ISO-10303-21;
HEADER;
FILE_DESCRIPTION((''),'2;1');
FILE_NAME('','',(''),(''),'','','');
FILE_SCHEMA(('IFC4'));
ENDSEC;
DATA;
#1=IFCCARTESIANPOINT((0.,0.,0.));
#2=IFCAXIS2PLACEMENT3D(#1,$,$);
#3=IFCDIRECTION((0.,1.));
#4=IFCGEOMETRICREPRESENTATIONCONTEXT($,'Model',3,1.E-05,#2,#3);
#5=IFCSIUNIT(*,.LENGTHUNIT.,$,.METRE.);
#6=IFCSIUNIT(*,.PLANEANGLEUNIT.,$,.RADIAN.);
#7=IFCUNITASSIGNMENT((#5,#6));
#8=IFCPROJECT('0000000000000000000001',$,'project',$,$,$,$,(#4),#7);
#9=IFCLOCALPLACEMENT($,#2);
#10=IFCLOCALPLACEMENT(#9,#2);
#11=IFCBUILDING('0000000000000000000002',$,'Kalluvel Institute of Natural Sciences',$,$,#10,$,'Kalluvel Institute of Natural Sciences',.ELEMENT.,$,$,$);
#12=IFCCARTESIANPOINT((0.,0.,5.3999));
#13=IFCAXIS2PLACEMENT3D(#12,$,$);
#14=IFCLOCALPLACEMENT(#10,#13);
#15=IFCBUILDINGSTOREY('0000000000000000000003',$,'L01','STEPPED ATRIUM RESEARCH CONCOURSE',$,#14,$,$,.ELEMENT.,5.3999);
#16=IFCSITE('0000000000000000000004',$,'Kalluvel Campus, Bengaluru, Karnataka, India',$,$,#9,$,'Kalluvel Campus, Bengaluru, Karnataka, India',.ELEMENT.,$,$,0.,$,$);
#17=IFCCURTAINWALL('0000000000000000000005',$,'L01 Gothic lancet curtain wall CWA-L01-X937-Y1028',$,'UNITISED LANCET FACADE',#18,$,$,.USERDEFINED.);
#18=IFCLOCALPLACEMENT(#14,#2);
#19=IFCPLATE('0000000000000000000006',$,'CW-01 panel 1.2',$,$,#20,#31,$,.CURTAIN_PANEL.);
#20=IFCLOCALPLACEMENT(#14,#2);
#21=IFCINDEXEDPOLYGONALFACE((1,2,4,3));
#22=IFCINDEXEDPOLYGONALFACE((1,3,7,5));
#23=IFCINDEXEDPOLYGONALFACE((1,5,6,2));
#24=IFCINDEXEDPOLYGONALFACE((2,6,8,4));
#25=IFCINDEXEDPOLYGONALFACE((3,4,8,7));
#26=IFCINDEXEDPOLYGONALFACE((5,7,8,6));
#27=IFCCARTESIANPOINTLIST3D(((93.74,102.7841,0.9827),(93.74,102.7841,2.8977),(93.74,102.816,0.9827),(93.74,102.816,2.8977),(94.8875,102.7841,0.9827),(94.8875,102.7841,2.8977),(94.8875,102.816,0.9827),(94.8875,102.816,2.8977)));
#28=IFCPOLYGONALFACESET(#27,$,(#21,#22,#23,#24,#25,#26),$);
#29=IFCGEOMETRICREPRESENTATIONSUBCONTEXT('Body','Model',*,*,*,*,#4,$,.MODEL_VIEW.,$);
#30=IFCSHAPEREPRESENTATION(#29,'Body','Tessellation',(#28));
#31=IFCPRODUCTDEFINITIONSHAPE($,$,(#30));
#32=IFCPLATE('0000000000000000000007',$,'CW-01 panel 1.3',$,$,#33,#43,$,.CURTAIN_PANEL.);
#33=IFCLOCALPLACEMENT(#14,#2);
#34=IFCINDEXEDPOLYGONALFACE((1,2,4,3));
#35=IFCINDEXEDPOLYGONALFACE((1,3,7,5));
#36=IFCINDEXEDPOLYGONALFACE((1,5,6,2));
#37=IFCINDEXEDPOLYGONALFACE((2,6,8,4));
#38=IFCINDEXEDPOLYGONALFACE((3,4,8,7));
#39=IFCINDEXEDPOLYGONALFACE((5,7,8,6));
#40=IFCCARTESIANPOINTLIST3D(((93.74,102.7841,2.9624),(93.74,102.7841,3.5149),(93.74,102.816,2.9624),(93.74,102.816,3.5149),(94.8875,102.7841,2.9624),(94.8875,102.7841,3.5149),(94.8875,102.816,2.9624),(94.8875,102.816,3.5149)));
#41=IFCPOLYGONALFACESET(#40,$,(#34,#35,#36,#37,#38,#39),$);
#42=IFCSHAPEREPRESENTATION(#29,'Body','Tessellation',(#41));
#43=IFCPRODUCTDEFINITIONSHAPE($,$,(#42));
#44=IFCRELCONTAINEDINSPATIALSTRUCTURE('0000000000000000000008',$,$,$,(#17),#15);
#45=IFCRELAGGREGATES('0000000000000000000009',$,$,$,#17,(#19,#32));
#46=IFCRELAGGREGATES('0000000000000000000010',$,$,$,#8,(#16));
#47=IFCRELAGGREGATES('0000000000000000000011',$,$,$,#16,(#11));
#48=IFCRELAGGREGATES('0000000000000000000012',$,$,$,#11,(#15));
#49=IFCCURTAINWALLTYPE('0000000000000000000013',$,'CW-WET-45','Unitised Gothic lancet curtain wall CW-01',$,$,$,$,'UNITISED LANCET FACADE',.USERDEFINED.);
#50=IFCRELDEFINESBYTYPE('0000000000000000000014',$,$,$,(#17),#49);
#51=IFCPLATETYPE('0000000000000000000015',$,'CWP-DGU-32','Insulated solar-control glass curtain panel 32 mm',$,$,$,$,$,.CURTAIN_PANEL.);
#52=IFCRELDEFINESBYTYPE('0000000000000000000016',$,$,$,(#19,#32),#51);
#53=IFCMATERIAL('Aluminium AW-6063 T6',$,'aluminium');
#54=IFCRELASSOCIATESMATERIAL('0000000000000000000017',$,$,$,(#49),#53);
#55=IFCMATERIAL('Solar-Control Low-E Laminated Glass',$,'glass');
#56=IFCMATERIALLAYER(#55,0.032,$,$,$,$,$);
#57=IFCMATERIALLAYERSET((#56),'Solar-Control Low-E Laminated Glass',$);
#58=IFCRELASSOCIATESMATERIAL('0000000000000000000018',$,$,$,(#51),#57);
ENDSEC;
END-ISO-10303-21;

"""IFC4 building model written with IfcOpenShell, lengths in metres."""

from ifc_helpers import new_model, si_unit, direction, frame, origin, origin_2d, place, context, subcontext, project, spatial, rectangle, extrude, material, layer, layer_set, type_object, element, aggregate, save


model = new_model("IFC4")

# Units and contexts
model_context = context("Model", 3, precision=1e-05, world=origin(), true_north=direction((0.0, 1.0)))
body_context = subcontext(model_context, "Body", "Model", "MODEL_VIEW")
ifc_project = project(units=[si_unit("LENGTHUNIT", "METRE"), si_unit("PLANEANGLEUNIT", "RADIAN")], contexts=[model_context])

# Site, building, storey
site_placement = place(None, origin())
site = spatial("IfcSite", under=ifc_project, at=site_placement, Name="Kalluvel Campus, Bengaluru, Karnataka, India", LongName="Kalluvel Campus, Bengaluru, Karnataka, India", CompositionType="ELEMENT", RefElevation=0.0)
building_placement = place(site_placement, origin())
building = spatial("IfcBuilding", under=site, at=building_placement, Name="Kalluvel Institute of Natural Sciences", LongName="Kalluvel Institute of Natural Sciences", CompositionType="ELEMENT")
storey_placement = place(building_placement, frame((0.0, 0.0, 5.3999)))
storey = spatial("IfcBuildingStorey", under=building, at=storey_placement, Name="L01", Description="STEPPED ATRIUM RESEARCH CONCOURSE", CompositionType="ELEMENT", Elevation=5.3999)

# Curtain wall
ifc_material_1 = material(Name="Aluminium AW-6063 T6", Category="aluminium")
curtain_wall_type = type_object("IfcCurtainWallType", Name="CW-WET-45", Description="Unitised Gothic lancet curtain wall CW-01", ElementType="UNITISED LANCET FACADE", PredefinedType="USERDEFINED", material=ifc_material_1)
curtain_wall_1_placement = place(storey_placement, origin())
curtain_wall_1 = element("IfcCurtainWall", 1, at=curtain_wall_1_placement, inside=storey, type_object=curtain_wall_type, Name="L01 Gothic lancet curtain wall CWA-L01-X937-Y1028", ObjectType="UNITISED LANCET FACADE", PredefinedType="USERDEFINED")

# Plates
ifc_material_2 = material(Name="Solar-Control Low-E Laminated Glass", Category="glass")
ifc_layer = layer(ifc_material_2, 0.032)
ifc_layer_set = layer_set([ifc_layer], Name="Solar-Control Low-E Laminated Glass")
plate_type = type_object("IfcPlateType", Name="CWP-DGU-32", Description="Insulated solar-control glass curtain panel 32 mm", PredefinedType="CURTAIN_PANEL", material=ifc_layer_set)
plate_1_placement = place(storey_placement, frame((94.3137, 102.8, 0.9827), z_axis=(0.0, 0.0, 1.0), x_axis=(1.0, 0.0, 0.0)))
plate_1 = element("IfcPlate", 2, at=plate_1_placement, type_object=plate_type, Name="CW-01 panel 1.2", PredefinedType="CURTAIN_PANEL", context=body_context, shape_type="SweptSolid", body=[
    extrude(rectangle(XDim=1.1475, YDim=0.032, at=origin_2d()), origin(), (0.0, 0.0, 1.0), 1.915),
])
plate_2_placement = place(storey_placement, frame((94.3137, 102.8, 2.9624), z_axis=(0.0, 0.0, 1.0), x_axis=(1.0, 0.0, 0.0)))
plate_2 = element("IfcPlate", 3, at=plate_2_placement, type_object=plate_type, Name="CW-01 panel 1.3", PredefinedType="CURTAIN_PANEL", context=body_context, shape_type="SweptSolid", body=[
    extrude(rectangle(XDim=1.1475, YDim=0.032, at=origin_2d()), origin(), (0.0, 0.0, 1.0), 0.5525),
])
aggregate(curtain_wall_1, [plate_1, plate_2])

save(model, "model.ifc")
